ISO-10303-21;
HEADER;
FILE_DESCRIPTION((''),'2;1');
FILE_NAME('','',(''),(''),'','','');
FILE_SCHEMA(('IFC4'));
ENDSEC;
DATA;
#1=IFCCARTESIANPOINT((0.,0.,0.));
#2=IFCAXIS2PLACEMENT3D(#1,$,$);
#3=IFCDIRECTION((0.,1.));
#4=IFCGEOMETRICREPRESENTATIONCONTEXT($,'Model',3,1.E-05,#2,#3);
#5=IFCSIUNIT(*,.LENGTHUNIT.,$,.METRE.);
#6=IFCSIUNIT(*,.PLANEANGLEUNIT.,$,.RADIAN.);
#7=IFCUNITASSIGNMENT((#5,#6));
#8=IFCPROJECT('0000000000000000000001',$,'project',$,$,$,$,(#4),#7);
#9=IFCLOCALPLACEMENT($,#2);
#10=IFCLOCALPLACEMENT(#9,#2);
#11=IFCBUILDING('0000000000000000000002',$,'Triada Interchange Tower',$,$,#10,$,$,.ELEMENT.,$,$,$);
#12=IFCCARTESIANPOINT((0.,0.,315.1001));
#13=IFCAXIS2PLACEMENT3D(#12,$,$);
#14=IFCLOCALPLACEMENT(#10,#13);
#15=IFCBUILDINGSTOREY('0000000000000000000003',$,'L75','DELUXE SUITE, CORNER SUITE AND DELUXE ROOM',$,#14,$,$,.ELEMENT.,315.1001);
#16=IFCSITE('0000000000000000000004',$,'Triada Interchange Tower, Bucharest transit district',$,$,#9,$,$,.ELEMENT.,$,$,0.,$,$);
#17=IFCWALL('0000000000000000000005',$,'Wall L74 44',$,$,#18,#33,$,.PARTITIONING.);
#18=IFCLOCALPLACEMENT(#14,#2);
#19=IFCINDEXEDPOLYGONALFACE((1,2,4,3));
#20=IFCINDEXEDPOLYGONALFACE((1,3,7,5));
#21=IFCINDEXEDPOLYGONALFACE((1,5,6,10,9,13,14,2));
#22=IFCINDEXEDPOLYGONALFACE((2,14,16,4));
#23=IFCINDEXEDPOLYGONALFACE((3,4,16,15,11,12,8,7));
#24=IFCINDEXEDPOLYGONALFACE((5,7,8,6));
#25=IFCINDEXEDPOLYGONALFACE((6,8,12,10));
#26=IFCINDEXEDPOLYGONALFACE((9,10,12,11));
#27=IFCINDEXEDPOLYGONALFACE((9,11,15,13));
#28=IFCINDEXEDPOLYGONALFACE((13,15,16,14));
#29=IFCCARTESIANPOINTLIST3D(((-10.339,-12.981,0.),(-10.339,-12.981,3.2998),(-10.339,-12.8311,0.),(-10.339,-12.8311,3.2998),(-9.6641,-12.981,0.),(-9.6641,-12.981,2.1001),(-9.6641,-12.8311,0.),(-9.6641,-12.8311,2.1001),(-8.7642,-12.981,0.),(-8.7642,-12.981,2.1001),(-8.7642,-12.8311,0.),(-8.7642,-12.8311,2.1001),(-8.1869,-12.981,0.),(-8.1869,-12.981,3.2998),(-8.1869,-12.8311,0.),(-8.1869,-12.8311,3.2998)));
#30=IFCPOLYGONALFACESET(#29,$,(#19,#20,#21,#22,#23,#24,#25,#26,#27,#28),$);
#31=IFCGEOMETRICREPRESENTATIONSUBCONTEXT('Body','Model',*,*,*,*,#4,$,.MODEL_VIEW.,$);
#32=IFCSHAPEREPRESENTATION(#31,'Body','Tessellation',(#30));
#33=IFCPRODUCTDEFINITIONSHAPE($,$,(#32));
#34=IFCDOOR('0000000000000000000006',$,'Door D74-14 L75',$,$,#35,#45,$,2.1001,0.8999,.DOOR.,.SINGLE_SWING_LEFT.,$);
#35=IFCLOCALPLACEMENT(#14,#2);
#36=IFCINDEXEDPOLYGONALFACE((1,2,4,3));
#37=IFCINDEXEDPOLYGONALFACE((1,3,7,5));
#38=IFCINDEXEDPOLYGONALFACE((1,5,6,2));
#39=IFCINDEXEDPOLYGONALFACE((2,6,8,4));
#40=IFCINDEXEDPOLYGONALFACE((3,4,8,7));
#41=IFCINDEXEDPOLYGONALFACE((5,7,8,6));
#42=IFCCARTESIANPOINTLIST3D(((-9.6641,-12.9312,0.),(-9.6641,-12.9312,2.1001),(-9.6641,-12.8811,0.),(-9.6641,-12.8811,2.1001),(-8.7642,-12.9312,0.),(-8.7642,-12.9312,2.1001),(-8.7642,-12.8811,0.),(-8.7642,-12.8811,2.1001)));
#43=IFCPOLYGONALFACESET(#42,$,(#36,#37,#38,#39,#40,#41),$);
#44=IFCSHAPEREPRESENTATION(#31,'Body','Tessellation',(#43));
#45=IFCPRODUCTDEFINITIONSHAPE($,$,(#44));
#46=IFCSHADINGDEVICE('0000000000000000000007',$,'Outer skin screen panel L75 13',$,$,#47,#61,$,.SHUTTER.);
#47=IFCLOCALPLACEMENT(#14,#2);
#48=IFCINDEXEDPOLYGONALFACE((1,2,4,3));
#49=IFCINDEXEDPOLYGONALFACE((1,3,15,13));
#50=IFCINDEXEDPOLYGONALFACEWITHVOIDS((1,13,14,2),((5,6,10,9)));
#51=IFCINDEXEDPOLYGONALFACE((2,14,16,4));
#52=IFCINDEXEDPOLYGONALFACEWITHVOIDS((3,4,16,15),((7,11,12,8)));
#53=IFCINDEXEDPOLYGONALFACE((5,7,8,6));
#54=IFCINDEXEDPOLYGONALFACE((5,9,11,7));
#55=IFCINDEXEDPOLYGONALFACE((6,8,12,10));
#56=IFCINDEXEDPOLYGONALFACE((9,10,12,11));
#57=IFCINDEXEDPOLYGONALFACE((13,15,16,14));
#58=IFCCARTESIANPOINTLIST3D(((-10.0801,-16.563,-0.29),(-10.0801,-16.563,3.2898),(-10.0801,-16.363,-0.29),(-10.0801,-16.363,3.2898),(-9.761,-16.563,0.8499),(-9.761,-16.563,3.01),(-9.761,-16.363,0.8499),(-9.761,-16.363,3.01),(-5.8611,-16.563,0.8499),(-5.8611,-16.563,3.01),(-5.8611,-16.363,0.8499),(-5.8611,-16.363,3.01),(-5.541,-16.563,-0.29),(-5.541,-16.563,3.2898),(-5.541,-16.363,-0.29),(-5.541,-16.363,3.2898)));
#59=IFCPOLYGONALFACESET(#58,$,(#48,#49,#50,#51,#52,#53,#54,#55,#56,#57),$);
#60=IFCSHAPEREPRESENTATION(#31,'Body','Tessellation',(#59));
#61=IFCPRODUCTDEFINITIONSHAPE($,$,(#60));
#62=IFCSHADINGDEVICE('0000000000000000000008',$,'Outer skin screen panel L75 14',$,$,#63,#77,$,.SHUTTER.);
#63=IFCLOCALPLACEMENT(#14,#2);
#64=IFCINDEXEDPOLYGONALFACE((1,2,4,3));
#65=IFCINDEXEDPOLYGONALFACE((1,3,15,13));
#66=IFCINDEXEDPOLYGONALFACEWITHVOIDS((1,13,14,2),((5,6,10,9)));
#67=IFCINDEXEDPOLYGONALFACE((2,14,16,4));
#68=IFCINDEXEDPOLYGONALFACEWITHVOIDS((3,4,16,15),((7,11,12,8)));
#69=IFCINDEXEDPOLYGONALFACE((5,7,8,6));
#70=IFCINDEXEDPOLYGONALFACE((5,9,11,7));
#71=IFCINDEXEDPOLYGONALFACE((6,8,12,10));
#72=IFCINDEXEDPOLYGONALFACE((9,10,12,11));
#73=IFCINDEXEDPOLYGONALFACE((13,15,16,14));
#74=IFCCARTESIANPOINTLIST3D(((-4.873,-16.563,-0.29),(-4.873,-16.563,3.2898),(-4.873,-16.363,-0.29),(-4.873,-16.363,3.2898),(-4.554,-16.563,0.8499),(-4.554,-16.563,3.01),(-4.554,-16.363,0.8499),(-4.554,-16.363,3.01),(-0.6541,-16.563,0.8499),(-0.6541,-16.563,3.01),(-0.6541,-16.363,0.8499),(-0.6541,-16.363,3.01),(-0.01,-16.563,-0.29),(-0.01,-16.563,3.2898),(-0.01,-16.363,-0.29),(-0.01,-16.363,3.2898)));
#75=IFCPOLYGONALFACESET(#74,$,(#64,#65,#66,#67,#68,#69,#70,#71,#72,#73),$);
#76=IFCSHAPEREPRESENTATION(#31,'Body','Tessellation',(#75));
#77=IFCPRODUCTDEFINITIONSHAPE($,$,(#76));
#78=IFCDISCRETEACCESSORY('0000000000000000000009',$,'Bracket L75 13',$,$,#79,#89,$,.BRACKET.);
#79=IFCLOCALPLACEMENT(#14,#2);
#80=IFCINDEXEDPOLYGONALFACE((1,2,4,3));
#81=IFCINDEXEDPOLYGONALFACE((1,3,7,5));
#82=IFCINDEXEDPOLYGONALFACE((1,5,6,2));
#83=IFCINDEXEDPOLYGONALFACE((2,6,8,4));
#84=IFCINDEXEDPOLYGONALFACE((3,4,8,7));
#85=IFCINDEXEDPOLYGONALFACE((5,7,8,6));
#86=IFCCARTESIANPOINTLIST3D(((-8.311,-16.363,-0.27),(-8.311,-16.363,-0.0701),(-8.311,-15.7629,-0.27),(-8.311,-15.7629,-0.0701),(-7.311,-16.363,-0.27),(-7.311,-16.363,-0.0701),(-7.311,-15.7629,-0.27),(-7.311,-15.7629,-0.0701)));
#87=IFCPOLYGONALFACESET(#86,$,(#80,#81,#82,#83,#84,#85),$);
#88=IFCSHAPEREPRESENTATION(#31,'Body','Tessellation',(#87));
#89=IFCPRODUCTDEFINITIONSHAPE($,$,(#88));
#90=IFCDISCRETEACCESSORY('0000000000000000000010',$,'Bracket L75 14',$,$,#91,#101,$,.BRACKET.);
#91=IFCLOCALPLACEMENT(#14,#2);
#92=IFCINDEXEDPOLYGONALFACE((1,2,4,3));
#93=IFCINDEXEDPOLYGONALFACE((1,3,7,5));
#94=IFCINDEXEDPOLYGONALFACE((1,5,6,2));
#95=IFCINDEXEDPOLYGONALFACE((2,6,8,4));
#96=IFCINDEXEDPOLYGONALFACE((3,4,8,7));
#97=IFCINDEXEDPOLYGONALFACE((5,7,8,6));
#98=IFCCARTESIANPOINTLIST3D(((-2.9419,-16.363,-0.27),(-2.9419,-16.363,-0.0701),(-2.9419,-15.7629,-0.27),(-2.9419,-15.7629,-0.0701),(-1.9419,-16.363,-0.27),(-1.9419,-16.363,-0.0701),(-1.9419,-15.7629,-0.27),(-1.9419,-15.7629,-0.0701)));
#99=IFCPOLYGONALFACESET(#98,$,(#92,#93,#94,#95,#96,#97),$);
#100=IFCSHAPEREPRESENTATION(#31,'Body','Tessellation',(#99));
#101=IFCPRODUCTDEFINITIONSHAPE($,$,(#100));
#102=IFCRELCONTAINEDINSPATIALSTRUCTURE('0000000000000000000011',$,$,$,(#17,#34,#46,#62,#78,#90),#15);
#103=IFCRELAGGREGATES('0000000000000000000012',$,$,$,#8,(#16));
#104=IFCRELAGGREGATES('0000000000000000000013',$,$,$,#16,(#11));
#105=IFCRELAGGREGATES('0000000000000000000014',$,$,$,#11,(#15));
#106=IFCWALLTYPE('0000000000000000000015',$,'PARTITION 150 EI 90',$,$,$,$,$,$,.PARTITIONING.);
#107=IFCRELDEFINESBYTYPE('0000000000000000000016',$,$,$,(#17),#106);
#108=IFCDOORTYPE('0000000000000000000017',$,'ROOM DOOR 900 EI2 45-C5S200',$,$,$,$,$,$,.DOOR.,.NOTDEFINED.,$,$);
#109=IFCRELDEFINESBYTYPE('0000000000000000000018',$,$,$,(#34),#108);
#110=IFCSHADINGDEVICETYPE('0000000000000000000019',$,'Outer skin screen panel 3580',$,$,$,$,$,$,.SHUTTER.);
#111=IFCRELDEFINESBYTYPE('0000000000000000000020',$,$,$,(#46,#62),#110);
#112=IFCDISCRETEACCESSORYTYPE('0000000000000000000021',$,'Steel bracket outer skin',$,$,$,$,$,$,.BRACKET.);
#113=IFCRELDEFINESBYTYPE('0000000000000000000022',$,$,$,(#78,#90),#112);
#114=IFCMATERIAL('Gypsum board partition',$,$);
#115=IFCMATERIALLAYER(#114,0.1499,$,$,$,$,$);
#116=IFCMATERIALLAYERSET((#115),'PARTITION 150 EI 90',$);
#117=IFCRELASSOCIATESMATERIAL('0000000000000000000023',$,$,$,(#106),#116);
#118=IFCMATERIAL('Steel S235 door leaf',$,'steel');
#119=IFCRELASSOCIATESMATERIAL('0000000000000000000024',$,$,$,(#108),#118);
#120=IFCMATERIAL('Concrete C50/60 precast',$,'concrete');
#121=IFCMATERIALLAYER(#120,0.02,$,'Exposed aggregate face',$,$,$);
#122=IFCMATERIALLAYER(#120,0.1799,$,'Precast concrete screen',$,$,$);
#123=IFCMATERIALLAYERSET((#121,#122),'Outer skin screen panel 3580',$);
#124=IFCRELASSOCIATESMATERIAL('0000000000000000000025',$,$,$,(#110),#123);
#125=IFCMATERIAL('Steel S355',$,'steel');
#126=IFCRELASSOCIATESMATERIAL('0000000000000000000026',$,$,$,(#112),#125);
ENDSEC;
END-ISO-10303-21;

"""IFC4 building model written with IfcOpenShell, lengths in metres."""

from ifc_helpers import new_model, si_unit, direction, frame, frame_2d, origin, origin_2d, place, context, subcontext, project, spatial, polyline, rectangle, outline, extrude, material, layer, layer_set, type_object, element, fill, save


model = new_model("IFC4")

# Units and contexts
model_context = context("Model", 3, precision=1e-05, world=origin(), true_north=direction((0.0, 1.0)))
body_context = subcontext(model_context, "Body", "Model", "MODEL_VIEW")
ifc_project = project(units=[si_unit("LENGTHUNIT", "METRE"), si_unit("PLANEANGLEUNIT", "RADIAN")], contexts=[model_context])

# Site, building, storey
site_placement = place(None, origin())
site = spatial("IfcSite", under=ifc_project, at=site_placement, Name="Triada Interchange Tower, Bucharest transit district", CompositionType="ELEMENT", RefElevation=0.0)
building_placement = place(site_placement, origin())
building = spatial("IfcBuilding", under=site, at=building_placement, Name="Triada Interchange Tower", CompositionType="ELEMENT")
storey_placement = place(building_placement, frame((0.0, 0.0, 315.1001)))
storey = spatial("IfcBuildingStorey", under=building, at=storey_placement, Name="L75", Description="DELUXE SUITE, CORNER SUITE AND DELUXE ROOM", CompositionType="ELEMENT", Elevation=315.1001)

# Shared definitions
ifc_material_1 = material(Name="Gypsum board partition")

# Wall, opening, door
ifc_layer_1 = layer(ifc_material_1, 0.1499)
ifc_layer_set_1 = layer_set([ifc_layer_1], Name="PARTITION 150 EI 90")
wall_type_1 = type_object("IfcWallType", Name="PARTITION 150 EI 90", PredefinedType="PARTITIONING", material=ifc_layer_set_1)
wall_1_placement = place(storey_placement, frame((-10.3391, -12.906, 0.0), z_axis=(0.0, 0.0, 1.0), x_axis=(1.0, 0.0, 0.0)))
wall_1 = element("IfcWall", 1, at=wall_1_placement, inside=storey, type_object=wall_type_1, Name="Wall L74 44", PredefinedType="PARTITIONING", context=body_context, shape_type="SweptSolid", body=[
    extrude(rectangle(XDim=2.1521, YDim=0.1499, at=frame_2d((1.0762, 0.0))), origin(), (0.0, 0.0, 1.0), 3.2998),
])
opening_placement = place(wall_1_placement, frame((0.675, 0.0, 0.0)))
opening = element("IfcOpeningElement", 2, at=opening_placement, cuts=wall_1, PredefinedType="OPENING", context=body_context, shape_type="SweptSolid", body=[
    extrude(rectangle(XDim=0.8999, YDim=2.1001, at=frame_2d((0.45, 1.05))), frame((0.0, 0.085, 0.0), z_axis=(0.0, -1.0, 0.0), x_axis=(1.0, 0.0, 0.0)), (0.0, 0.0, 1.0), 0.1699),
])
ifc_material_2 = material(Name="Steel S235 door leaf", Category="steel")
door_type = type_object("IfcDoorType", Name="ROOM DOOR 900 EI2 45-C5S200", OperationType="NOTDEFINED", PredefinedType="DOOR", material=ifc_material_2)
door_placement = place(opening_placement, origin())
door = element("IfcDoor", 3, at=door_placement, inside=storey, type_object=door_type, Name="Door D74-14 L75", OperationType="SINGLE_SWING_LEFT", OverallHeight=2.1001, OverallWidth=0.8999, PredefinedType="DOOR", context=body_context, shape_type="SweptSolid", body=[
    extrude(rectangle(XDim=0.8999, YDim=2.1001, at=frame_2d((0.45, 1.05))), frame((0.0, 0.0249, 0.0), z_axis=(0.0, -1.0, 0.0), x_axis=(1.0, 0.0, 0.0)), (0.0, 0.0, 1.0), 0.05),
])
fill(opening, door)

# Shading devices
ifc_material_3 = material(Name="Concrete C50/60 precast", Category="concrete")
ifc_layer_2 = layer(ifc_material_3, 0.02, Name="Exposed aggregate face")
ifc_layer_3 = layer(ifc_material_3, 0.1799, Name="Precast concrete screen")
ifc_layer_set_2 = layer_set([ifc_layer_2, ifc_layer_3], Name="Outer skin screen panel 3580")
shading_device_type = type_object("IfcShadingDeviceType", Name="Outer skin screen panel 3580", PredefinedType="SHUTTER", material=ifc_layer_set_2)
shading_device_1_placement = place(storey_placement, frame((-10.0801, -16.363, -0.29), z_axis=(0.0, 0.0, 1.0), x_axis=(1.0, 0.0, 0.0)))
element("IfcShadingDevice", 4, at=shading_device_1_placement, inside=storey, type_object=shading_device_type, Name="Outer skin screen panel L75 13", PredefinedType="SHUTTER", context=body_context, shape_type="SweptSolid", body=[
    extrude(outline(polyline([(0.0, 0.0), (4.5391, 0.0), (4.5391, 3.5798), (0.0, 3.5798), (0.0, 0.0)]), holes=[polyline([(0.3191, 1.1399), (0.3191, 3.3), (4.219, 3.3), (4.219, 1.1399), (0.3191, 1.1399)])]), frame((0.0, 0.0, 0.0), z_axis=(0.0, -1.0, 0.0), x_axis=(1.0, 0.0, 0.0)), (0.0, 0.0, 1.0), 0.2),
])
shading_device_2_placement = place(storey_placement, frame((-4.873, -16.363, -0.29), z_axis=(0.0, 0.0, 1.0), x_axis=(1.0, 0.0, 0.0)))
element("IfcShadingDevice", 5, at=shading_device_2_placement, inside=storey, type_object=shading_device_type, Name="Outer skin screen panel L75 14", PredefinedType="SHUTTER", context=body_context, shape_type="SweptSolid", body=[
    extrude(outline(polyline([(0.0, 0.0), (4.863, 0.0), (4.863, 3.5798), (0.0, 3.5798), (0.0, 0.0)]), holes=[polyline([(0.3191, 1.1399), (0.3191, 3.3), (4.219, 3.3), (4.219, 1.1399), (0.3191, 1.1399)])]), frame((0.0, 0.0, 0.0), z_axis=(0.0, -1.0, 0.0), x_axis=(1.0, 0.0, 0.0)), (0.0, 0.0, 1.0), 0.2),
])

# Discrete accessories
ifc_material_4 = material(Name="Steel S355", Category="steel")
discrete_accessory_type = type_object("IfcDiscreteAccessoryType", Name="Steel bracket outer skin", PredefinedType="BRACKET", material=ifc_material_4)
for number, where, z_axis, x_axis, name in (
    (6, (-7.811, -16.063, -0.27), (0.0, 0.0, 1.0), (0.0, -1.0, 0.0), "Bracket L75 13"),
    (7, (-2.4419, -16.063, -0.27), (0.0, 0.0, 1.0), (0.0, -1.0, 0.0), "Bracket L75 14"),
):
    element("IfcDiscreteAccessory", number, at=place(storey_placement, frame(where, z_axis=z_axis, x_axis=x_axis)), inside=storey, type_object=discrete_accessory_type, Name=name, PredefinedType="BRACKET", context=body_context, shape_type="SweptSolid", body=[
        extrude(rectangle(XDim=0.6001, YDim=1.0, at=origin_2d()), origin(), (0.0, 0.0, 1.0), 0.2),
    ])

save(model, "model.ifc")
